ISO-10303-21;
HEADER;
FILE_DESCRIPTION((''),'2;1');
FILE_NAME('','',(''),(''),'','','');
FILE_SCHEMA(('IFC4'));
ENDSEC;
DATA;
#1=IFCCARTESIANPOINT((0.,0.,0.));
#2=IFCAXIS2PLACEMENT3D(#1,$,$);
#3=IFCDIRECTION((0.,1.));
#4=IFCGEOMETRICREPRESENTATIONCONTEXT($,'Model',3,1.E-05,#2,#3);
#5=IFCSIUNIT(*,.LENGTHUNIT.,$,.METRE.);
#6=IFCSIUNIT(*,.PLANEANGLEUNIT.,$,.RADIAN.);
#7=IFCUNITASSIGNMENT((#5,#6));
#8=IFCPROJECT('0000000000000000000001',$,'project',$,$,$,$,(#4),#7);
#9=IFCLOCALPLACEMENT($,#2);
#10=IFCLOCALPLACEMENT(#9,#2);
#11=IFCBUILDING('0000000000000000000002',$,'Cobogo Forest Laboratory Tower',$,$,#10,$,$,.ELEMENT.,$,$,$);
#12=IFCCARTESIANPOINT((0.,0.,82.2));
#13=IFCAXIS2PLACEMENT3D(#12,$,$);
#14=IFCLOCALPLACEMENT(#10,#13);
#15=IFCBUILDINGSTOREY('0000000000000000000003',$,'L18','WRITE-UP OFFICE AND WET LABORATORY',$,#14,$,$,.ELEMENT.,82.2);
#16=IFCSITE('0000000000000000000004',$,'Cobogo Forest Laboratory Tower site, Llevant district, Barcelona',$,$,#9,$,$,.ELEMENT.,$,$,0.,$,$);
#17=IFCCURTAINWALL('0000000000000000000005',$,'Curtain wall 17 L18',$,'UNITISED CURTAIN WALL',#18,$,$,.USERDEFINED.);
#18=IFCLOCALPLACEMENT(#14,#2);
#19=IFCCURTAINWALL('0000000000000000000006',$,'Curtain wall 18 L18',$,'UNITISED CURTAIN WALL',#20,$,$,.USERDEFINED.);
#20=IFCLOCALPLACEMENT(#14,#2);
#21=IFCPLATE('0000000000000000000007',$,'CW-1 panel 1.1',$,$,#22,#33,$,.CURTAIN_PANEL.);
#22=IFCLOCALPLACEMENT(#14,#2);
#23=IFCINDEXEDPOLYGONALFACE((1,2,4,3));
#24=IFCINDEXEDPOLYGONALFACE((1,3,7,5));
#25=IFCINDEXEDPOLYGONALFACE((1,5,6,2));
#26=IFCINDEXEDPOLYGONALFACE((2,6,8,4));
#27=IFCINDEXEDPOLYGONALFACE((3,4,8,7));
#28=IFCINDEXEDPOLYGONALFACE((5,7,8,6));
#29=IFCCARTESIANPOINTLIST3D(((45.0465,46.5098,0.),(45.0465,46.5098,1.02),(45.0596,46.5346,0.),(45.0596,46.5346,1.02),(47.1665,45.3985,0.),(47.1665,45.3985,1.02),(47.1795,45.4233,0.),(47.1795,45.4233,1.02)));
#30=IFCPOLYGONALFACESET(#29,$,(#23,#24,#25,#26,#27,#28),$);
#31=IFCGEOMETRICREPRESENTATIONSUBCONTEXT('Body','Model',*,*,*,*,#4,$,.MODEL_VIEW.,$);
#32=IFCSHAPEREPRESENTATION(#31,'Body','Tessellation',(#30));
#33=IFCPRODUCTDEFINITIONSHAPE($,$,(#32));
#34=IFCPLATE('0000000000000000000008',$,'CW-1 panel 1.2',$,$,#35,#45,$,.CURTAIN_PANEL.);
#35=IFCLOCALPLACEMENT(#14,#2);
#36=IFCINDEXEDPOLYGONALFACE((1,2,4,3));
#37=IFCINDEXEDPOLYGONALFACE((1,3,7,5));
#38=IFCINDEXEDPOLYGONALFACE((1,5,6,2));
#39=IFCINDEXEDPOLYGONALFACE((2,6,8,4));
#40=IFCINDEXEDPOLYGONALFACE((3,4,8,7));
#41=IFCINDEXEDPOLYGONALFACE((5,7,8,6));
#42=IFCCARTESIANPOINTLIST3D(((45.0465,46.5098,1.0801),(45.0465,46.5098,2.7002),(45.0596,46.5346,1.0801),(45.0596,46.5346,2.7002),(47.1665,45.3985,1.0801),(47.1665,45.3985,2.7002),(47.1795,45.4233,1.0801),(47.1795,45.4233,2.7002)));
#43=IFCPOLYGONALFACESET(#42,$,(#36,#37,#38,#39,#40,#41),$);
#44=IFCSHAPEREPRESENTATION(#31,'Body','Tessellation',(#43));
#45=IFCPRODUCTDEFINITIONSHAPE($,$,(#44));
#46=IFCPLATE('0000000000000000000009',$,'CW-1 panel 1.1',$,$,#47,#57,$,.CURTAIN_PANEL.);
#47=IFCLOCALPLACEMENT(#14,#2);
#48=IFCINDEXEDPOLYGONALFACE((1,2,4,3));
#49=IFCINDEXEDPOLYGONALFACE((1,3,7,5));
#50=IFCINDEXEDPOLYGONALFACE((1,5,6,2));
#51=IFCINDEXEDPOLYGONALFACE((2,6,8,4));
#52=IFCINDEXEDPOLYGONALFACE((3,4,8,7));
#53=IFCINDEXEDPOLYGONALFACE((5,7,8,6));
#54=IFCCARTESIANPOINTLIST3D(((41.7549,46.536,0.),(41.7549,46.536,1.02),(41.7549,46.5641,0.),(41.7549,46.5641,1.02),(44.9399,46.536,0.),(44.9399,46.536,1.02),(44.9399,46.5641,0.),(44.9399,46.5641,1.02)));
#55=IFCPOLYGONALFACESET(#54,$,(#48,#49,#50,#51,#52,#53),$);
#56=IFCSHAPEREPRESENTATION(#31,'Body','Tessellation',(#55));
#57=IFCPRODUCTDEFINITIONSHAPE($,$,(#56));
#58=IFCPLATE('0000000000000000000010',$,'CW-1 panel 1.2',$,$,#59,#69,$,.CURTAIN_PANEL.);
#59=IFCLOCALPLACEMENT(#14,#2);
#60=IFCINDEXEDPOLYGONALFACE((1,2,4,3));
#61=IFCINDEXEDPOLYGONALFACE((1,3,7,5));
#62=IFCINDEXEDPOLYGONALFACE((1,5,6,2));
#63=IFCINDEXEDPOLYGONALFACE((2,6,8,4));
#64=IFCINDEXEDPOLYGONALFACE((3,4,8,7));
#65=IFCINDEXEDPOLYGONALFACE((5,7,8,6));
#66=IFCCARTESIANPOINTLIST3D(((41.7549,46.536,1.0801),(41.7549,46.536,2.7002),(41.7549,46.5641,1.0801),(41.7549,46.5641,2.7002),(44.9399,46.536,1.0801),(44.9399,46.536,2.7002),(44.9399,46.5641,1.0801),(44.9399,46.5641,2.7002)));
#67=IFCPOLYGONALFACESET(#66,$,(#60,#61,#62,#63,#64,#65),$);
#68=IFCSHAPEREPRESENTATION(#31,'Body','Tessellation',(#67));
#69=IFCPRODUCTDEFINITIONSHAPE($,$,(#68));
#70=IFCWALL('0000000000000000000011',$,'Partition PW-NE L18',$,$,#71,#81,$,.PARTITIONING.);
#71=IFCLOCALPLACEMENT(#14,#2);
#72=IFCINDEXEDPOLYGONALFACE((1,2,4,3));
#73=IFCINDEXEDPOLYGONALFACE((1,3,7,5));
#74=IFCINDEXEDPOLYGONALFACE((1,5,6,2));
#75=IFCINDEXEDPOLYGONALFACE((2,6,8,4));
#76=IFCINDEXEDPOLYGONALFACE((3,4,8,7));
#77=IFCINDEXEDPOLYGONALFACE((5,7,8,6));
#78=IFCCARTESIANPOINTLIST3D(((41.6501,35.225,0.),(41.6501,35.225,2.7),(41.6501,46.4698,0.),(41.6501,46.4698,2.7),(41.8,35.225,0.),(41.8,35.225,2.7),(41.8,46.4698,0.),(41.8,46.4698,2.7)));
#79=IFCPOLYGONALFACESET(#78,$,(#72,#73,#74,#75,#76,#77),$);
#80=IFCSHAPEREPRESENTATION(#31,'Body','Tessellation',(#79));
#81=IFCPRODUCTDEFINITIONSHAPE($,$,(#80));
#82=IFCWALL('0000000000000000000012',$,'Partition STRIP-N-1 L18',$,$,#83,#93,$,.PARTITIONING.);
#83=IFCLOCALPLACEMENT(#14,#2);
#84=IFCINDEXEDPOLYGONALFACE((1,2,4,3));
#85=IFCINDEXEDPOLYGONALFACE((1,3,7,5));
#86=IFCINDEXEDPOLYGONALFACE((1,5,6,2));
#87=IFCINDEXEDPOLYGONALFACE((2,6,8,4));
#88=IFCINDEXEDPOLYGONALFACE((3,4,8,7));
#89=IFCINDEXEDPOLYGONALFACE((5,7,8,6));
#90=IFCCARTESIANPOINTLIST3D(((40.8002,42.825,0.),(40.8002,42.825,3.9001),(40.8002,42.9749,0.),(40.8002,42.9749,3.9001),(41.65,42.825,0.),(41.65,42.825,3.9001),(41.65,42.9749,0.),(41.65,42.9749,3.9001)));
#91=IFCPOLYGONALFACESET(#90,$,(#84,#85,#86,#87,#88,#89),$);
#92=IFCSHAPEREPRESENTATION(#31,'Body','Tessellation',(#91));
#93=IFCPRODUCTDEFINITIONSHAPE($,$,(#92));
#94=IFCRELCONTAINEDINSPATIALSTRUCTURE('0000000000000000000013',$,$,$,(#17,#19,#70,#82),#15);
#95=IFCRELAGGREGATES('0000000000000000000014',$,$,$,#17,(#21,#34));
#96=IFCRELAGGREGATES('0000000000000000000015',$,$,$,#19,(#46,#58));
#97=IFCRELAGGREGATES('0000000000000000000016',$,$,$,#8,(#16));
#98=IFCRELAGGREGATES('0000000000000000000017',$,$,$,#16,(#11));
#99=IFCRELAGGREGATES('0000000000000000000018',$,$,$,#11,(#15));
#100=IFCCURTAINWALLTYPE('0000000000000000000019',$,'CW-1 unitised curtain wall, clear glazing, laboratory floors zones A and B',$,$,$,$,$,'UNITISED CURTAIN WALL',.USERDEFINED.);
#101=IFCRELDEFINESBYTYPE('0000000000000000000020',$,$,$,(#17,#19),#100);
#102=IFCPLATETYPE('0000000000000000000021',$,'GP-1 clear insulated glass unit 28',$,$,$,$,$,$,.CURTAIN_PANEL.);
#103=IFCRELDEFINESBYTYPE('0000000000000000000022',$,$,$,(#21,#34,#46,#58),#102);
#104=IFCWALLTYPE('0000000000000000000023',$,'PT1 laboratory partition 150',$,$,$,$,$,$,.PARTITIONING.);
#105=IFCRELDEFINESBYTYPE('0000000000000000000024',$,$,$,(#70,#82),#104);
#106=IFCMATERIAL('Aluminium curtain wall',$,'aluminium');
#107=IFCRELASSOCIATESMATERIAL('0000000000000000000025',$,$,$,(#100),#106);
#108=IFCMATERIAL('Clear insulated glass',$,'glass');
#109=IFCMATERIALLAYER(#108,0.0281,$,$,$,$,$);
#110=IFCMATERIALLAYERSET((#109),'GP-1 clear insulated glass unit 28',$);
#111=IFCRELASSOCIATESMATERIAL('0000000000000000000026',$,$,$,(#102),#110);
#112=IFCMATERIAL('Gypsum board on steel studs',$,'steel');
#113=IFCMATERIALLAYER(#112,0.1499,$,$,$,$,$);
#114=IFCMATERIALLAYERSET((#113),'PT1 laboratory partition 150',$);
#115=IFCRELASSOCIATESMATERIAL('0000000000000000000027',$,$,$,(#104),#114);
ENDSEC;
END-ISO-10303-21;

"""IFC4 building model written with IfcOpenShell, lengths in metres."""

from ifc_helpers import new_model, si_unit, direction, frame, frame_2d, origin, origin_2d, place, context, subcontext, project, spatial, rectangle, extrude, material, layer, layer_set, type_object, element, aggregate, save


model = new_model("IFC4")

# Units and contexts
model_context = context("Model", 3, precision=1e-05, world=origin(), true_north=direction((0.0, 1.0)))
body_context = subcontext(model_context, "Body", "Model", "MODEL_VIEW")
ifc_project = project(units=[si_unit("LENGTHUNIT", "METRE"), si_unit("PLANEANGLEUNIT", "RADIAN")], contexts=[model_context])

# Site, building, storey
site_placement = place(None, origin())
site = spatial("IfcSite", under=ifc_project, at=site_placement, Name="Cobogo Forest Laboratory Tower site, Llevant district, Barcelona", CompositionType="ELEMENT", RefElevation=0.0)
building_placement = place(site_placement, origin())
building = spatial("IfcBuilding", under=site, at=building_placement, Name="Cobogo Forest Laboratory Tower", CompositionType="ELEMENT")
storey_placement = place(building_placement, frame((0.0, 0.0, 82.2)))
storey = spatial("IfcBuildingStorey", under=building, at=storey_placement, Name="L18", Description="WRITE-UP OFFICE AND WET LABORATORY", CompositionType="ELEMENT", Elevation=82.2)

# Curtain walls
ifc_material_1 = material(Name="Aluminium curtain wall", Category="aluminium")
curtain_wall_type = type_object("IfcCurtainWallType", Name="CW-1 unitised curtain wall, clear glazing, laboratory floors zones A and B", ElementType="UNITISED CURTAIN WALL", PredefinedType="USERDEFINED", material=ifc_material_1)
curtain_wall_1_placement = place(storey_placement, origin())
curtain_wall_1 = element("IfcCurtainWall", 1, at=curtain_wall_1_placement, inside=storey, type_object=curtain_wall_type, Name="Curtain wall 17 L18", ObjectType="UNITISED CURTAIN WALL", PredefinedType="USERDEFINED")
curtain_wall_2_placement = place(storey_placement, origin())
curtain_wall_2 = element("IfcCurtainWall", 2, at=curtain_wall_2_placement, inside=storey, type_object=curtain_wall_type, Name="Curtain wall 18 L18", ObjectType="UNITISED CURTAIN WALL", PredefinedType="USERDEFINED")

# Plates
ifc_material_2 = material(Name="Clear insulated glass", Category="glass")
ifc_layer_1 = layer(ifc_material_2, 0.0281)
ifc_layer_set_1 = layer_set([ifc_layer_1], Name="GP-1 clear insulated glass unit 28")
plate_type = type_object("IfcPlateType", Name="GP-1 clear insulated glass unit 28", PredefinedType="CURTAIN_PANEL", material=ifc_layer_set_1)
plate_1_placement = place(storey_placement, frame((46.113, 45.9666, 0.0), z_axis=(0.0, 0.0, 1.0), x_axis=(-0.885687, 0.464284, 0.0)))
plate_1 = element("IfcPlate", 3, at=plate_1_placement, type_object=plate_type, Name="CW-1 panel 1.1", PredefinedType="CURTAIN_PANEL", context=body_context, shape_type="SweptSolid", body=[
    extrude(rectangle(XDim=2.3936, YDim=0.0281, at=origin_2d()), origin(), (0.0, 0.0, 1.0), 1.02),
])
plate_2_placement = place(storey_placement, frame((46.113, 45.9666, 1.0801), z_axis=(0.0, 0.0, 1.0), x_axis=(-0.885687, 0.464284, 0.0)))
plate_2 = element("IfcPlate", 4, at=plate_2_placement, type_object=plate_type, Name="CW-1 panel 1.2", PredefinedType="CURTAIN_PANEL", context=body_context, shape_type="SweptSolid", body=[
    extrude(rectangle(XDim=2.3936, YDim=0.0281, at=origin_2d()), origin(), (0.0, 0.0, 1.0), 1.6201),
])
aggregate(curtain_wall_1, [plate_1, plate_2])
plate_3_placement = place(storey_placement, frame((43.3474, 46.55, 0.0), z_axis=(0.0, 0.0, 1.0), x_axis=(-1.0, 0.0, 0.0)))
plate_3 = element("IfcPlate", 5, at=plate_3_placement, type_object=plate_type, Name="CW-1 panel 1.1", PredefinedType="CURTAIN_PANEL", context=body_context, shape_type="SweptSolid", body=[
    extrude(rectangle(XDim=3.1851, YDim=0.0281, at=origin_2d()), origin(), (0.0, 0.0, 1.0), 1.02),
])
plate_4_placement = place(storey_placement, frame((43.3474, 46.55, 1.0801), z_axis=(0.0, 0.0, 1.0), x_axis=(-1.0, 0.0, 0.0)))
plate_4 = element("IfcPlate", 6, at=plate_4_placement, type_object=plate_type, Name="CW-1 panel 1.2", PredefinedType="CURTAIN_PANEL", context=body_context, shape_type="SweptSolid", body=[
    extrude(rectangle(XDim=3.1851, YDim=0.0281, at=origin_2d()), origin(), (0.0, 0.0, 1.0), 1.6201),
])
aggregate(curtain_wall_2, [plate_3, plate_4])

# Walls
ifc_material_3 = material(Name="Gypsum board on steel studs", Category="steel")
ifc_layer_2 = layer(ifc_material_3, 0.1499)
ifc_layer_set_2 = layer_set([ifc_layer_2], Name="PT1 laboratory partition 150")
wall_type = type_object("IfcWallType", Name="PT1 laboratory partition 150", PredefinedType="PARTITIONING", material=ifc_layer_set_2)
wall_1_placement = place(storey_placement, frame((41.7251, 46.47, 0.0), z_axis=(0.0, 0.0, 1.0), x_axis=(0.0, -1.0, 0.0)))
element("IfcWall", 7, at=wall_1_placement, inside=storey, type_object=wall_type, Name="Partition PW-NE L18", PredefinedType="PARTITIONING", context=body_context, shape_type="SweptSolid", body=[
    extrude(rectangle(XDim=11.2449, YDim=0.1499, at=frame_2d((5.6226, 0.0))), origin(), (0.0, 0.0, 1.0), 2.7),
])
wall_2_placement = place(storey_placement, frame((41.6499, 42.8999, 0.0), z_axis=(0.0, 0.0, 1.0), x_axis=(-1.0, 0.0, 0.0)))
element("IfcWall", 8, at=wall_2_placement, inside=storey, type_object=wall_type, Name="Partition STRIP-N-1 L18", PredefinedType="PARTITIONING", context=body_context, shape_type="SweptSolid", body=[
    extrude(rectangle(XDim=0.8499, YDim=0.1499, at=frame_2d((0.4248, 0.0))), origin(), (0.0, 0.0, 1.0), 3.9001),
])

save(model, "model.ifc")
